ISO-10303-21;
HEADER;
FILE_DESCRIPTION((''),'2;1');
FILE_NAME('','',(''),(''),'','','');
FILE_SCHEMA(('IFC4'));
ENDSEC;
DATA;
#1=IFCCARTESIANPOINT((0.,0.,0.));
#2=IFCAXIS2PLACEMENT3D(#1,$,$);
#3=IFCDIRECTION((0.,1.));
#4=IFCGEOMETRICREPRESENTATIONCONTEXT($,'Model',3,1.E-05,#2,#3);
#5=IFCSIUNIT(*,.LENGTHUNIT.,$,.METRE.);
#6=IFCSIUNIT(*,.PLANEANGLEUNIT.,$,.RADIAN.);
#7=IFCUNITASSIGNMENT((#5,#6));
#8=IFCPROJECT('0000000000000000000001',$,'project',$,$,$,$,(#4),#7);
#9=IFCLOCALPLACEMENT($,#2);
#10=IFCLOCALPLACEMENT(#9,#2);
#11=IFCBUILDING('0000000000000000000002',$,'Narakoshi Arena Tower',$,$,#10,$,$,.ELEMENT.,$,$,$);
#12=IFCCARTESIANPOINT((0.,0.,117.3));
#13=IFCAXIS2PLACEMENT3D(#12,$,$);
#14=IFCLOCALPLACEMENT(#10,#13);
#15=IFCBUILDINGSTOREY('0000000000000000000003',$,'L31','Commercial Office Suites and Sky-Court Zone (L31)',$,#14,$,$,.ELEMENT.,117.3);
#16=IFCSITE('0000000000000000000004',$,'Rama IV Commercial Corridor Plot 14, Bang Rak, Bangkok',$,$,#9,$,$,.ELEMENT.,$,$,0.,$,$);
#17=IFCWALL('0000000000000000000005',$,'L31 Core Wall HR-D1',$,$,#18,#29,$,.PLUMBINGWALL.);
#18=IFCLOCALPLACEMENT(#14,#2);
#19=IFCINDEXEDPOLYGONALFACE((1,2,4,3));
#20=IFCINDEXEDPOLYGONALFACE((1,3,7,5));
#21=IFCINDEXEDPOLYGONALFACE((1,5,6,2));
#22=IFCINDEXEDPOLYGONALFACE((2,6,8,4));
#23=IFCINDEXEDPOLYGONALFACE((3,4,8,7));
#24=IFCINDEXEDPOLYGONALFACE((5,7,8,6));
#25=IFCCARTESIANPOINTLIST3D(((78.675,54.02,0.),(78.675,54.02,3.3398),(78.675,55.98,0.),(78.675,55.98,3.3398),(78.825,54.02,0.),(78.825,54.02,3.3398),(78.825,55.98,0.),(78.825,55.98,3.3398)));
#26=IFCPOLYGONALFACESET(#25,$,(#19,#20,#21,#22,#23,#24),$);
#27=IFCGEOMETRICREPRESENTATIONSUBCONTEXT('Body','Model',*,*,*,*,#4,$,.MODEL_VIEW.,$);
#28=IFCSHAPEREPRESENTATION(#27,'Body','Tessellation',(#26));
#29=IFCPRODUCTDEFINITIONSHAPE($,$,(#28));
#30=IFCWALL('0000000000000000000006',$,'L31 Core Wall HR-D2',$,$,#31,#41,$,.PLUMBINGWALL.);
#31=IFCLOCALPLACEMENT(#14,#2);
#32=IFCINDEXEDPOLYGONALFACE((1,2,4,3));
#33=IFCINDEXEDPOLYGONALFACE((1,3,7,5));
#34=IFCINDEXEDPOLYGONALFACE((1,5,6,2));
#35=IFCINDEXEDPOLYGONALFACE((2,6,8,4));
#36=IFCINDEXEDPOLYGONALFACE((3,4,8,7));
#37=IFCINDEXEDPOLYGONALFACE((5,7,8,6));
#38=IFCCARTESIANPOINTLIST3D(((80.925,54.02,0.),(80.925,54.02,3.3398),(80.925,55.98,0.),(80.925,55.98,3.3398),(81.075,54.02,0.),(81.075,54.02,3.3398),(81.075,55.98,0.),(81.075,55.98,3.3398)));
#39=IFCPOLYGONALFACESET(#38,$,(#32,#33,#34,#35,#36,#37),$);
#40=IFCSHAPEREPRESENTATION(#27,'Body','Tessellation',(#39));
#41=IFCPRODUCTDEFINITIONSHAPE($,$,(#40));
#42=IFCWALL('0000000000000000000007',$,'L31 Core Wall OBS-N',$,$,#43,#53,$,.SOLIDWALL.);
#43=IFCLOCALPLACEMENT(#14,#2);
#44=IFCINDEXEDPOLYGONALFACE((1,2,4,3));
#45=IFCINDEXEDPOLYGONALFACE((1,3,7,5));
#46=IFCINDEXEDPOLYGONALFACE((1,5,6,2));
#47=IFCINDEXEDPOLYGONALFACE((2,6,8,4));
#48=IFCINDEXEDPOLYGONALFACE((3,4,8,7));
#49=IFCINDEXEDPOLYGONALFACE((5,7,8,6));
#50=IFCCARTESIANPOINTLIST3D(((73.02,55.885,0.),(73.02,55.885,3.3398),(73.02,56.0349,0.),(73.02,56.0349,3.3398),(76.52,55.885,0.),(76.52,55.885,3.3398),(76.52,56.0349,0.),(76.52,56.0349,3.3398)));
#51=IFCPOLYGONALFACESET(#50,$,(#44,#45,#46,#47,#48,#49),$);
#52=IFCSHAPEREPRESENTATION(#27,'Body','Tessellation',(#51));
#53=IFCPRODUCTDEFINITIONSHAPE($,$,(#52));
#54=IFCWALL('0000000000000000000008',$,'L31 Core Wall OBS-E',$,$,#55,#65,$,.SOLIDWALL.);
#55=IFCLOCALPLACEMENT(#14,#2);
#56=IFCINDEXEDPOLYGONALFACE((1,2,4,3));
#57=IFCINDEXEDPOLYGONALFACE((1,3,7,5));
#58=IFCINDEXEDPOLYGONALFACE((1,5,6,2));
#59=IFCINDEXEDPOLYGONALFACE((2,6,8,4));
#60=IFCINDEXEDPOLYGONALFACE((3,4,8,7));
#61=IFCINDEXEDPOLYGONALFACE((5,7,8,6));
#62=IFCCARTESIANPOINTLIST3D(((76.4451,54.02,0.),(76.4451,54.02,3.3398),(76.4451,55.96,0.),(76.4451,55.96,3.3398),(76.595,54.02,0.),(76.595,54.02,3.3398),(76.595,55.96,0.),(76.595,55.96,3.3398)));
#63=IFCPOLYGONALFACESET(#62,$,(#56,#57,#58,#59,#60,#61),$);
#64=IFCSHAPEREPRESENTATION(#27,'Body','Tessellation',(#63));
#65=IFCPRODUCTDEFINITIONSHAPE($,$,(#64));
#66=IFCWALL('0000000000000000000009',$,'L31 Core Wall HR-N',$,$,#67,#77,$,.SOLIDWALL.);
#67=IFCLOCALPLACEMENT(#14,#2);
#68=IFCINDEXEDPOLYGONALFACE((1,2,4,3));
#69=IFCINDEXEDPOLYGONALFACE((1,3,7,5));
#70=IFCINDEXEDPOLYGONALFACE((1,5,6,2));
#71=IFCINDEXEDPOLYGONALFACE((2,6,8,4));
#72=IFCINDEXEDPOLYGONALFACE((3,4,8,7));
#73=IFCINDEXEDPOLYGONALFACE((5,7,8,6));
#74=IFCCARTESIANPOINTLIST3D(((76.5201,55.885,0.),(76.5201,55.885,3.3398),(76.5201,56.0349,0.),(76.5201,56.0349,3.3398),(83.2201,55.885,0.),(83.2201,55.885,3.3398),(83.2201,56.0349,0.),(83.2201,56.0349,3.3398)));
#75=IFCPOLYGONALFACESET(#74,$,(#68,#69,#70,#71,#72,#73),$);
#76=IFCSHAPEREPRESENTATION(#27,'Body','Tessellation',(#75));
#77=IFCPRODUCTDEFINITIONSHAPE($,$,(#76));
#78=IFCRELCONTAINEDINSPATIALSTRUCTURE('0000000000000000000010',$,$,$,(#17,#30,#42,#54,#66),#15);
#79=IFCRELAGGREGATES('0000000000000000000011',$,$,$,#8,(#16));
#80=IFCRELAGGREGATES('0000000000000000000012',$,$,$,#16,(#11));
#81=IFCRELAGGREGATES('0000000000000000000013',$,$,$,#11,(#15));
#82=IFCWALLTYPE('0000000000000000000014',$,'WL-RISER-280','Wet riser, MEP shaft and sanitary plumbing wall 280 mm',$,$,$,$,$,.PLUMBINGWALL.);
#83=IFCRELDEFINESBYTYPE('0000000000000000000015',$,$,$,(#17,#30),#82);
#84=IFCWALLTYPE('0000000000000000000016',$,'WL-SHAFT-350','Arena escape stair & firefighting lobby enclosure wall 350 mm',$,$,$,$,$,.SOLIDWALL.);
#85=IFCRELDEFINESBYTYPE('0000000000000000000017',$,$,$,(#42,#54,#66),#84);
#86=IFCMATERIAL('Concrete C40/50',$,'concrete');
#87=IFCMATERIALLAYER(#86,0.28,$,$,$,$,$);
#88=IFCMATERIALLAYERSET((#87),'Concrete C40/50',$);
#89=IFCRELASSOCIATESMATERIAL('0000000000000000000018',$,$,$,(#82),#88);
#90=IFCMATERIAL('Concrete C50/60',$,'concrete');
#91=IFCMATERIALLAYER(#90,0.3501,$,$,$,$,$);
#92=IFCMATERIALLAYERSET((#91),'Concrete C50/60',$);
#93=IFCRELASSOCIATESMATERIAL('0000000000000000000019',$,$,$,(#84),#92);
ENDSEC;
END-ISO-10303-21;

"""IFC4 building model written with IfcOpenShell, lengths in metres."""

from ifc_helpers import new_model, si_unit, direction, frame, frame_2d, origin, place, context, subcontext, project, spatial, rectangle, extrude, material, layer, layer_set, type_object, element, save


model = new_model("IFC4")

# Units and contexts
model_context = context("Model", 3, precision=1e-05, world=origin(), true_north=direction((0.0, 1.0)))
body_context = subcontext(model_context, "Body", "Model", "MODEL_VIEW")
ifc_project = project(units=[si_unit("LENGTHUNIT", "METRE"), si_unit("PLANEANGLEUNIT", "RADIAN")], contexts=[model_context])

# Site, building, storey
site_placement = place(None, origin())
site = spatial("IfcSite", under=ifc_project, at=site_placement, Name="Rama IV Commercial Corridor Plot 14, Bang Rak, Bangkok", CompositionType="ELEMENT", RefElevation=0.0)
building_placement = place(site_placement, origin())
building = spatial("IfcBuilding", under=site, at=building_placement, Name="Narakoshi Arena Tower", CompositionType="ELEMENT")
storey_placement = place(building_placement, frame((0.0, 0.0, 117.3)))
storey = spatial("IfcBuildingStorey", under=building, at=storey_placement, Name="L31", Description="Commercial Office Suites and Sky-Court Zone (L31)", CompositionType="ELEMENT", Elevation=117.3)

# Walls
ifc_material_1 = material(Name="Concrete C40/50", Category="concrete")
ifc_layer_1 = layer(ifc_material_1, 0.28)
ifc_layer_set_1 = layer_set([ifc_layer_1], Name="Concrete C40/50")
wall_type_1 = type_object("IfcWallType", Name="WL-RISER-280", Description="Wet riser, MEP shaft and sanitary plumbing wall 280 mm", PredefinedType="PLUMBINGWALL", material=ifc_layer_set_1)
for number, where, z_axis, x_axis, name in (
    (1, (78.75, 54.02, 0.0), (0.0, 0.0, 1.0), (0.0, 1.0, 0.0), "L31 Core Wall HR-D1"),
    (2, (81.0, 54.02, 0.0), (0.0, 0.0, 1.0), (0.0, 1.0, 0.0), "L31 Core Wall HR-D2"),
):
    element("IfcWall", number, at=place(storey_placement, frame(where, z_axis=z_axis, x_axis=x_axis)), inside=storey, type_object=wall_type_1, Name=name, PredefinedType="PLUMBINGWALL", context=body_context, shape_type="SweptSolid", body=[
        extrude(rectangle(XDim=1.96, YDim=0.1499, at=frame_2d((0.98, 0.0))), origin(), (0.0, 0.0, 1.0), 3.3398),
    ])
ifc_material_2 = material(Name="Concrete C50/60", Category="concrete")
ifc_layer_2 = layer(ifc_material_2, 0.3501)
ifc_layer_set_2 = layer_set([ifc_layer_2], Name="Concrete C50/60")
wall_type_2 = type_object("IfcWallType", Name="WL-SHAFT-350", Description="Arena escape stair & firefighting lobby enclosure wall 350 mm", PredefinedType="SOLIDWALL", material=ifc_layer_set_2)
wall_1_placement = place(storey_placement, frame((73.02, 55.96, 0.0), z_axis=(0.0, 0.0, 1.0), x_axis=(1.0, 0.0, 0.0)))
element("IfcWall", 3, at=wall_1_placement, inside=storey, type_object=wall_type_2, Name="L31 Core Wall OBS-N", PredefinedType="SOLIDWALL", context=body_context, shape_type="SweptSolid", body=[
    extrude(rectangle(XDim=3.5, YDim=0.1499, at=frame_2d((1.75, 0.0))), origin(), (0.0, 0.0, 1.0), 3.3398),
])
wall_2_placement = place(storey_placement, frame((76.52, 54.02, 0.0), z_axis=(0.0, 0.0, 1.0), x_axis=(0.0, 1.0, 0.0)))
element("IfcWall", 4, at=wall_2_placement, inside=storey, type_object=wall_type_2, Name="L31 Core Wall OBS-E", PredefinedType="SOLIDWALL", context=body_context, shape_type="SweptSolid", body=[
    extrude(rectangle(XDim=1.9399, YDim=0.1499, at=frame_2d((0.97, 0.0))), origin(), (0.0, 0.0, 1.0), 3.3398),
])
wall_3_placement = place(storey_placement, frame((76.52, 55.96, 0.0), z_axis=(0.0, 0.0, 1.0), x_axis=(1.0, 0.0, 0.0)))
element("IfcWall", 5, at=wall_3_placement, inside=storey, type_object=wall_type_2, Name="L31 Core Wall HR-N", PredefinedType="SOLIDWALL", context=body_context, shape_type="SweptSolid", body=[
    extrude(rectangle(XDim=6.7, YDim=0.1499, at=frame_2d((3.3501, 0.0))), origin(), (0.0, 0.0, 1.0), 3.3398),
])

save(model, "model.ifc")
